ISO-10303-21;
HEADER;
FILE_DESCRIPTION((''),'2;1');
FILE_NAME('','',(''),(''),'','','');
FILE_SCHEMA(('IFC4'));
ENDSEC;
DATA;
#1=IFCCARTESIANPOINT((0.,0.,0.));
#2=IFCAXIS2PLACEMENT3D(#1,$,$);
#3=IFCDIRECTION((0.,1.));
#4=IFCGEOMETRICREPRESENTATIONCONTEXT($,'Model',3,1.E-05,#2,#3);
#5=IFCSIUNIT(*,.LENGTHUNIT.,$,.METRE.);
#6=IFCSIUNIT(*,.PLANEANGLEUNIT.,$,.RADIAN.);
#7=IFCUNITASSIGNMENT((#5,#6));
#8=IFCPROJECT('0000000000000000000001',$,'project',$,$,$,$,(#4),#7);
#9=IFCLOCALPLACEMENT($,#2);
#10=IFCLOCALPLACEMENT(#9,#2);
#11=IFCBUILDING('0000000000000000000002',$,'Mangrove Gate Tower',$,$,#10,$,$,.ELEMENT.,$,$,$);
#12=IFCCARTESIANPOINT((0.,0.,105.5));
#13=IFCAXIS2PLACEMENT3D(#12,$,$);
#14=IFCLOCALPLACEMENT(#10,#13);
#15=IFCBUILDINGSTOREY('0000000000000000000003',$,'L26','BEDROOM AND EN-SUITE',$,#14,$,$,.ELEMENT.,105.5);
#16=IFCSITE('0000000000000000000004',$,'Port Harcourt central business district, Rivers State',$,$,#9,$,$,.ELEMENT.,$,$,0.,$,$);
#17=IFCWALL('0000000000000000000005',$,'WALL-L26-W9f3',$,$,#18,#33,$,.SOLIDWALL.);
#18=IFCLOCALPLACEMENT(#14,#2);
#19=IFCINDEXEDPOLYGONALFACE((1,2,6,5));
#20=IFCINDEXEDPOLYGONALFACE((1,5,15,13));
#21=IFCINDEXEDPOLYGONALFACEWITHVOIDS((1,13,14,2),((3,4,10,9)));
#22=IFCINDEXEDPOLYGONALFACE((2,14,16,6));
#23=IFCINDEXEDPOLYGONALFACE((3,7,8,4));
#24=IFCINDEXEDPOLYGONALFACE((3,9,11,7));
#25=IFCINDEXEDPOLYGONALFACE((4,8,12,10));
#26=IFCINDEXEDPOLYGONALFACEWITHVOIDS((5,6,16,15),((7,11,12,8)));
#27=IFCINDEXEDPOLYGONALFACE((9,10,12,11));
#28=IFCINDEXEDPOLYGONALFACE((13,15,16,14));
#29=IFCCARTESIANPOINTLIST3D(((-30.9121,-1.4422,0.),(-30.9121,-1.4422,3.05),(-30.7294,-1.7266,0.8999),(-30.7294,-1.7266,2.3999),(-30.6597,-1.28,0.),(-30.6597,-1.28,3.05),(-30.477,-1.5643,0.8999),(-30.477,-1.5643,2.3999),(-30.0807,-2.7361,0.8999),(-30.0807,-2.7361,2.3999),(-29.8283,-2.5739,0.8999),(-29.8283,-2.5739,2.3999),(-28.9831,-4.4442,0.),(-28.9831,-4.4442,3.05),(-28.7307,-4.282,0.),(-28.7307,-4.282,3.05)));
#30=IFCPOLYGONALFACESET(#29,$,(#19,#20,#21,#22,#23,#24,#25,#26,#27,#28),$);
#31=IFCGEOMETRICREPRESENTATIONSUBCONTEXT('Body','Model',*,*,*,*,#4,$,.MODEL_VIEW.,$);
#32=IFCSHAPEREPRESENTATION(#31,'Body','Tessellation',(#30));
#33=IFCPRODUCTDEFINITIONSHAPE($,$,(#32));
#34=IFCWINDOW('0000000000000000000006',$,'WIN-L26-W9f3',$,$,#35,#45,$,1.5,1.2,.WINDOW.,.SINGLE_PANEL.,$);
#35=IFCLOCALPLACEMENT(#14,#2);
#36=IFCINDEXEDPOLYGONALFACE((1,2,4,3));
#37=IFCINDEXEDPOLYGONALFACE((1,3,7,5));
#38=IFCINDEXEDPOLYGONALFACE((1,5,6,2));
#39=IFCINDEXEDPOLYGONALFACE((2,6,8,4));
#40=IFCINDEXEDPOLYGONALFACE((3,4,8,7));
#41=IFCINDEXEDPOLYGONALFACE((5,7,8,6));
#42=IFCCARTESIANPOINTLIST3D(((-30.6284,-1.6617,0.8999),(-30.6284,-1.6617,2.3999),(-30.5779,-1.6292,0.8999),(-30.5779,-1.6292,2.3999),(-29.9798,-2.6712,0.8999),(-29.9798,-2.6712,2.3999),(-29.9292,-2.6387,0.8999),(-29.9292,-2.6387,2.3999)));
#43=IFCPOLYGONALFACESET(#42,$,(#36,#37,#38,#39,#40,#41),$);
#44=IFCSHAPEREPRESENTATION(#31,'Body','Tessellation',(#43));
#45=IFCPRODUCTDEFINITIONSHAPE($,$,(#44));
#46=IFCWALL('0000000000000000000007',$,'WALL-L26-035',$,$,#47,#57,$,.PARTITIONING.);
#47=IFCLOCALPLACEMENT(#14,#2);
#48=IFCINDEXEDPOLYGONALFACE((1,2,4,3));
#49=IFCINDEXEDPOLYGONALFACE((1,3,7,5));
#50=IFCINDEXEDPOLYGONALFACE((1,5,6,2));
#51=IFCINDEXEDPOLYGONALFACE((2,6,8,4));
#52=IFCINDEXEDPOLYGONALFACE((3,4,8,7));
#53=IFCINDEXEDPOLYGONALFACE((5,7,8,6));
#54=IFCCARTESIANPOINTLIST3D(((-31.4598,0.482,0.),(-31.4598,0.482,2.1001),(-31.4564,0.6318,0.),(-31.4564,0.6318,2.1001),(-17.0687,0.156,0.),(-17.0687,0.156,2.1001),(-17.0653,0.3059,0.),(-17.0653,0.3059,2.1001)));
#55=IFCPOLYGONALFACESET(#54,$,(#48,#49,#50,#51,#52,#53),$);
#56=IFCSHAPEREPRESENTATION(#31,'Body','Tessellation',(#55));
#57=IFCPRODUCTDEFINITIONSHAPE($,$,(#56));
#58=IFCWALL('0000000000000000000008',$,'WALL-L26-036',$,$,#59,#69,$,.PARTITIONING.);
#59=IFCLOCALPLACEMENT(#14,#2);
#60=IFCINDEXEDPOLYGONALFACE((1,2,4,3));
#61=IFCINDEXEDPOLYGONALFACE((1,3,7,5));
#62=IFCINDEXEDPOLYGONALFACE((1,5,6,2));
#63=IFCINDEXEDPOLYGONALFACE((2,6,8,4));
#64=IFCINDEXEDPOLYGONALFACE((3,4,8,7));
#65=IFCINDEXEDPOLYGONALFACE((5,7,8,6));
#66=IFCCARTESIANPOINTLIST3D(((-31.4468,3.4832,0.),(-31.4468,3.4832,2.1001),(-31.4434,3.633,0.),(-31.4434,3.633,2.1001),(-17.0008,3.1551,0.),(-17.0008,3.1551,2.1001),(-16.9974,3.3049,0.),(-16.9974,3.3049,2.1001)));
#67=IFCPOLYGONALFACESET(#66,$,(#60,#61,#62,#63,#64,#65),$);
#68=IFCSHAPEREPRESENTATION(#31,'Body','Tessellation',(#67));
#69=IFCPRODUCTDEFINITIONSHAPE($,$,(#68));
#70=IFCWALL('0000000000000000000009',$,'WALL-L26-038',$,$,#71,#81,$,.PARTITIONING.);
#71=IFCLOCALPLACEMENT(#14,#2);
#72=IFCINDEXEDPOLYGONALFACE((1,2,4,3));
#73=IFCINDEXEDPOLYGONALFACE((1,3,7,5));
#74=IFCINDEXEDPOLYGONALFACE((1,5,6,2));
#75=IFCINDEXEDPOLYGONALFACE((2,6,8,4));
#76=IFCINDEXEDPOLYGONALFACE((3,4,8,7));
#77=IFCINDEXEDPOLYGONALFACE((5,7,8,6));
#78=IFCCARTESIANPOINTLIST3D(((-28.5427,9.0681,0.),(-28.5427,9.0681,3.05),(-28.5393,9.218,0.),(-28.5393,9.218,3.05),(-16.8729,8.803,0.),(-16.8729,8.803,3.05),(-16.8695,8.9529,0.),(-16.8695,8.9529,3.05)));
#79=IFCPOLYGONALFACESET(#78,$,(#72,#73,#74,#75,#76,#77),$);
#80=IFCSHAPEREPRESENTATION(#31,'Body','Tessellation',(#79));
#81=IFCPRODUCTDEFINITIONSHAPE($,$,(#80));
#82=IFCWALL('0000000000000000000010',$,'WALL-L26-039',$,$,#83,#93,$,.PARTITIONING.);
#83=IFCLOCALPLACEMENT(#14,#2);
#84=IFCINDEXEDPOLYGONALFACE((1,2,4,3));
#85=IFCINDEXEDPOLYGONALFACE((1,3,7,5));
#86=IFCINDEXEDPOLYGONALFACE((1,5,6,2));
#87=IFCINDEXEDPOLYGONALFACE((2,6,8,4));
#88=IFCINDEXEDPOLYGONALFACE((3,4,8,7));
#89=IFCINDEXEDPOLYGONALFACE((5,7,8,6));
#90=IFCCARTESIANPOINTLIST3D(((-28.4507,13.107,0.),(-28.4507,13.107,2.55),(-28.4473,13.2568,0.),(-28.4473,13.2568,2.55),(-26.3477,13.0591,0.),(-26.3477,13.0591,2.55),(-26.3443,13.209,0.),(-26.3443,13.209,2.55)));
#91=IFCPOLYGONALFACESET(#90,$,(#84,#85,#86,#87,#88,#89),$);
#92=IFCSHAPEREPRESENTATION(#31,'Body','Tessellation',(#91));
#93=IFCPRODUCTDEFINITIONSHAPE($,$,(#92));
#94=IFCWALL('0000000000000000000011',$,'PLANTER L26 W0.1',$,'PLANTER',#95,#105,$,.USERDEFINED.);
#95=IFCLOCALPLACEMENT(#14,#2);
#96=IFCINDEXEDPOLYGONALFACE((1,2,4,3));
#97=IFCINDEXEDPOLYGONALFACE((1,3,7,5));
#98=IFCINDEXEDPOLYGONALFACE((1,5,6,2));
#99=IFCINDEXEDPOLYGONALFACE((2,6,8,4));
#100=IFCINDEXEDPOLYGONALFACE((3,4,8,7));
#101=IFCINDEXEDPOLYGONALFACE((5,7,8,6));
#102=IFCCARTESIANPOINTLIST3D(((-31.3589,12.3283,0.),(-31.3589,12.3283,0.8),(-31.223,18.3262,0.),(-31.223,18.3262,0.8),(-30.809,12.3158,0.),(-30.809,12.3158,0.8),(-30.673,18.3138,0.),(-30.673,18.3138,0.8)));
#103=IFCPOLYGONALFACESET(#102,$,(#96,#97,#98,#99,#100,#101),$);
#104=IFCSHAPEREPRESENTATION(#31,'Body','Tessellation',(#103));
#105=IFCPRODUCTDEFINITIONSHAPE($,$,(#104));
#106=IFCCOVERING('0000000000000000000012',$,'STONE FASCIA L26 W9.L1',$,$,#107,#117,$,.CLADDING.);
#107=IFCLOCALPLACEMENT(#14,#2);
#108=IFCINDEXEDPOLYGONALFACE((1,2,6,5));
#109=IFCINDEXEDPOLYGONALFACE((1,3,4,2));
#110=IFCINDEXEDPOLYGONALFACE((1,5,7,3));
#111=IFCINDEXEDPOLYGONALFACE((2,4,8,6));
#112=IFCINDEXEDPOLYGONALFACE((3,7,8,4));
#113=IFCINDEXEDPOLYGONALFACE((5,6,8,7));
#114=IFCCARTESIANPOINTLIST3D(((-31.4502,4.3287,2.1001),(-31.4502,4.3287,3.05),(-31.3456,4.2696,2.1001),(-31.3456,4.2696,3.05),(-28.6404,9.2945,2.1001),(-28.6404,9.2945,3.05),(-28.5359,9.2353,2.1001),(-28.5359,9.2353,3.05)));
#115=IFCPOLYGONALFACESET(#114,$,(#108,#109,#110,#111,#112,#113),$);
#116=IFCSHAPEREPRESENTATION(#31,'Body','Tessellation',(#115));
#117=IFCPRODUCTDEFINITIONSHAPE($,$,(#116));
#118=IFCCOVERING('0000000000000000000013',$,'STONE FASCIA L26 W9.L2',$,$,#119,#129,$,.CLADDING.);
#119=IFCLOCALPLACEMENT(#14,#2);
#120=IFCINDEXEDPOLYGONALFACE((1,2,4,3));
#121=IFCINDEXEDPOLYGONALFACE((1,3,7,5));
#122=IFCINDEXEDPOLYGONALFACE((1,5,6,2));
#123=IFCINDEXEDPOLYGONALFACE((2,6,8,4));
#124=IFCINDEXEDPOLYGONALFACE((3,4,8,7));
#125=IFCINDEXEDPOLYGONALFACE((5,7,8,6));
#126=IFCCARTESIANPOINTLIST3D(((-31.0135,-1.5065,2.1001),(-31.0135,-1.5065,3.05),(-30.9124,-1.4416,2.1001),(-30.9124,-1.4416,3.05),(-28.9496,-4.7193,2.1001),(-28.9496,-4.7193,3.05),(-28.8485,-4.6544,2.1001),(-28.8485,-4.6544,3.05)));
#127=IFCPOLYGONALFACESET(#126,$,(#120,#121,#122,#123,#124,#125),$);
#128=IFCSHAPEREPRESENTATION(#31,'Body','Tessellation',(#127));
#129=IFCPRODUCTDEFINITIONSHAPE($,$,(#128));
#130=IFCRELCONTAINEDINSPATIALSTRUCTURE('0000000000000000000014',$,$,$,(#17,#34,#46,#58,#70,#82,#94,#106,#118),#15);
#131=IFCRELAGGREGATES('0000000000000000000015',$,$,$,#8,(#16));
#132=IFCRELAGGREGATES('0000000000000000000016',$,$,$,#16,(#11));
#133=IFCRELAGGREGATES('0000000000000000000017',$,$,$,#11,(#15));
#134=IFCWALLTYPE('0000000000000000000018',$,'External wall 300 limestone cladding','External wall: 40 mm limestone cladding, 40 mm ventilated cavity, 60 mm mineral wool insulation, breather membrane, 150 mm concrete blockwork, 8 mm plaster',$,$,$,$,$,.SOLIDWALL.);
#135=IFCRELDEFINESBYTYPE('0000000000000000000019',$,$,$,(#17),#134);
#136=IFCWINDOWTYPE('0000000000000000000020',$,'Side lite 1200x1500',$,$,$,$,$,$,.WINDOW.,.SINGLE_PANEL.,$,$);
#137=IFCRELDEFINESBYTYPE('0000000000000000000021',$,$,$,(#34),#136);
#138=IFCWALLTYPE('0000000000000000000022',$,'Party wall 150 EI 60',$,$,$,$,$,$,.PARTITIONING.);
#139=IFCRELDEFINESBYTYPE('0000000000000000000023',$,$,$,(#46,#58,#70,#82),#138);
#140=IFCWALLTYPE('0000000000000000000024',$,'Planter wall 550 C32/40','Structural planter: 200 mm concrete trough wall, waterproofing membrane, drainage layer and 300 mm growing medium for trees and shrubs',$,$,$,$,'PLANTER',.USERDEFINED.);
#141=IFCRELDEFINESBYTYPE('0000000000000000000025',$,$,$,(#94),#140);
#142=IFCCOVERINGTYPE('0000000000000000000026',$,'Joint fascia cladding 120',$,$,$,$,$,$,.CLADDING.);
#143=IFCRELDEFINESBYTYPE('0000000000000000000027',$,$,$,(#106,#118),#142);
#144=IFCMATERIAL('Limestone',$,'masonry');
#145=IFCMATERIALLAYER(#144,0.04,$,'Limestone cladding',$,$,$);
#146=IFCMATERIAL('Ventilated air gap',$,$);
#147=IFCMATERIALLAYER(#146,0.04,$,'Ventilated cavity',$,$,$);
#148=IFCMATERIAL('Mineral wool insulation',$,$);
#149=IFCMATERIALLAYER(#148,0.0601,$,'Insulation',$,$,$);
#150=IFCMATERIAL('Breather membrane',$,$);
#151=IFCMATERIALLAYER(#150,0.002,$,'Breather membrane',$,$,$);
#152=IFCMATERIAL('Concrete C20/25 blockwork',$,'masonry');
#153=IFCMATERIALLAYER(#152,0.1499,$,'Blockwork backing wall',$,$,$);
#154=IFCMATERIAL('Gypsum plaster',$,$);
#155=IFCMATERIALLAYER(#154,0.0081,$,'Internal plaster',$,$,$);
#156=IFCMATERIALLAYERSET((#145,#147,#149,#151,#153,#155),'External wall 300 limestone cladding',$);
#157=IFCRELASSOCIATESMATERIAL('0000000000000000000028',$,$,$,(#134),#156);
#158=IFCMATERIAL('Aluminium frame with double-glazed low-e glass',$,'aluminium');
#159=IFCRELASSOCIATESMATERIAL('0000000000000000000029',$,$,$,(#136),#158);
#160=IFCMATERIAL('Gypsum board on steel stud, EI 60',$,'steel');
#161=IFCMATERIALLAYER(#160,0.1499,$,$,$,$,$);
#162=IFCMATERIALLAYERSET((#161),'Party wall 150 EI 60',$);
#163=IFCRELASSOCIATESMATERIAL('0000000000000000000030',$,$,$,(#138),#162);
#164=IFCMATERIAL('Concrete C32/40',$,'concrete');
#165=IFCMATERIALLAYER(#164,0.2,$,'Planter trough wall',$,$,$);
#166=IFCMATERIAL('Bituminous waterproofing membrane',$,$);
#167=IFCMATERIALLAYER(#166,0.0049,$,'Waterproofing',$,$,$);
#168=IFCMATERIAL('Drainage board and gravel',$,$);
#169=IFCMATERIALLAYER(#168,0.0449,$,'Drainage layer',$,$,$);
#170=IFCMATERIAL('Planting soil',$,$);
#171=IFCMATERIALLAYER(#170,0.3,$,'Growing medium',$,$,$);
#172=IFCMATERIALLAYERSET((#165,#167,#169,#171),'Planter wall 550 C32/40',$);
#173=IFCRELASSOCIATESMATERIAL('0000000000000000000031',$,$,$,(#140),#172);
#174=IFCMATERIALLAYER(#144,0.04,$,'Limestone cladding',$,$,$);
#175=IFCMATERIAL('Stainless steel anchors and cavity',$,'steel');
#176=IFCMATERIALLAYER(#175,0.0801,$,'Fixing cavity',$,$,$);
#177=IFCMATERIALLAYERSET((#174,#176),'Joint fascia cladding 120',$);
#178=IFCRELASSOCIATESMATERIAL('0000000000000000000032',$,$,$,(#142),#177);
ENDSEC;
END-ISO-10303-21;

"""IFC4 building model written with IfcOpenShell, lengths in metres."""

from ifc_helpers import new_model, si_unit, direction, frame, frame_2d, origin, place, context, subcontext, project, spatial, rectangle, extrude, material, layer, layer_set, type_object, element, fill, save


model = new_model("IFC4")

# Units and contexts
model_context = context("Model", 3, precision=1e-05, world=origin(), true_north=direction((0.0, 1.0)))
body_context = subcontext(model_context, "Body", "Model", "MODEL_VIEW")
ifc_project = project(units=[si_unit("LENGTHUNIT", "METRE"), si_unit("PLANEANGLEUNIT", "RADIAN")], contexts=[model_context])

# Site, building, storey
site_placement = place(None, origin())
site = spatial("IfcSite", under=ifc_project, at=site_placement, Name="Port Harcourt central business district, Rivers State", CompositionType="ELEMENT", RefElevation=0.0)
building_placement = place(site_placement, origin())
building = spatial("IfcBuilding", under=site, at=building_placement, Name="Mangrove Gate Tower", CompositionType="ELEMENT")
storey_placement = place(building_placement, frame((0.0, 0.0, 105.5)))
storey = spatial("IfcBuildingStorey", under=building, at=storey_placement, Name="L26", Description="BEDROOM AND EN-SUITE", CompositionType="ELEMENT", Elevation=105.5)

# Wall, opening, window
ifc_material_1 = material(Name="Limestone", Category="masonry")
ifc_layer_1 = layer(ifc_material_1, 0.04, Name="Limestone cladding")
ifc_material_2 = material(Name="Ventilated air gap")
ifc_layer_2 = layer(ifc_material_2, 0.04, Name="Ventilated cavity")
ifc_material_3 = material(Name="Mineral wool insulation")
ifc_layer_3 = layer(ifc_material_3, 0.0601, Name="Insulation")
ifc_material_4 = material(Name="Breather membrane")
ifc_layer_4 = layer(ifc_material_4, 0.002, Name="Breather membrane")
ifc_material_5 = material(Name="Concrete C20/25 blockwork", Category="masonry")
ifc_layer_5 = layer(ifc_material_5, 0.1499, Name="Blockwork backing wall")
ifc_material_6 = material(Name="Gypsum plaster")
ifc_layer_6 = layer(ifc_material_6, 0.0081, Name="Internal plaster")
ifc_layer_set_1 = layer_set([ifc_layer_1, ifc_layer_2, ifc_layer_3, ifc_layer_4, ifc_layer_5, ifc_layer_6], Name="External wall 300 limestone cladding")
wall_type_1 = type_object("IfcWallType", Name="External wall 300 limestone cladding", Description="External wall: 40 mm limestone cladding, 40 mm ventilated cavity, 60 mm mineral wool insulation, breather membrane, 150 mm concrete blockwork, 8 mm plaster", PredefinedType="SOLIDWALL", material=ifc_layer_set_1)
ifc_material_7 = material(Name="Aluminium frame with double-glazed low-e glass", Category="aluminium")
window_type_1 = type_object("IfcWindowType", Name="Side lite 1200x1500", PartitioningType="SINGLE_PANEL", PredefinedType="WINDOW", material=ifc_material_7)
wall_1_placement = place(storey_placement, frame((-30.7859, -1.3611, 0.0), z_axis=(0.0, 0.0, 1.0), x_axis=(0.540585, -0.84129, 0.0)))
wall_1 = element("IfcWall", 1, at=wall_1_placement, inside=storey, type_object=wall_type_1, Name="WALL-L26-W9f3", PredefinedType="SOLIDWALL", context=body_context, shape_type="SweptSolid", body=[
    extrude(rectangle(XDim=3.5684, YDim=0.3, at=frame_2d((1.7842, 0.0))), origin(), (0.0, 0.0, 1.0), 3.05),
])
opening_1_placement = place(wall_1_placement, frame((0.3379, 0.0, 0.8999)))
opening_1 = element("IfcOpeningElement", 2, at=opening_1_placement, cuts=wall_1, PredefinedType="OPENING", context=body_context, shape_type="SweptSolid", body=[
    extrude(rectangle(XDim=1.2, YDim=1.5, at=frame_2d((0.6001, 0.75))), frame((0.0, 0.1599, 0.0), z_axis=(0.0, -1.0, 0.0), x_axis=(1.0, 0.0, 0.0)), (0.0, 0.0, 1.0), 0.3201),
])
window_1_placement = place(opening_1_placement, origin())
window_1 = element("IfcWindow", 3, at=window_1_placement, inside=storey, type_object=window_type_1, Name="WIN-L26-W9f3", OverallHeight=1.5, OverallWidth=1.2, PartitioningType="SINGLE_PANEL", PredefinedType="WINDOW", context=body_context, shape_type="SweptSolid", body=[
    extrude(rectangle(XDim=1.2, YDim=1.5, at=frame_2d((0.6001, 0.75))), frame((0.0, 0.03, 0.0), z_axis=(0.0, -1.0, 0.0), x_axis=(1.0, 0.0, 0.0)), (0.0, 0.0, 1.0), 0.0601),
])
fill(opening_1, window_1)

# Walls
ifc_material_8 = material(Name="Gypsum board on steel stud, EI 60", Category="steel")
ifc_layer_7 = layer(ifc_material_8, 0.1499)
ifc_layer_set_2 = layer_set([ifc_layer_7], Name="Party wall 150 EI 60")
wall_type_2 = type_object("IfcWallType", Name="Party wall 150 EI 60", PredefinedType="PARTITIONING", material=ifc_layer_set_2)
wall_2_placement = place(storey_placement, frame((-31.458, 0.5569, 0.0), z_axis=(0.0, 0.0, 1.0), x_axis=(0.999744, -0.022642, 0.0)))
element("IfcWall", 4, at=wall_2_placement, inside=storey, type_object=wall_type_2, Name="WALL-L26-035", PredefinedType="PARTITIONING", context=body_context, shape_type="SweptSolid", body=[
    extrude(rectangle(XDim=14.3948, YDim=0.1499, at=frame_2d((7.1973, 0.0))), origin(), (0.0, 0.0, 1.0), 2.1001),
])
wall_3_placement = place(storey_placement, frame((-31.4451, 3.5581, 0.0), z_axis=(0.0, 0.0, 1.0), x_axis=(0.999742, -0.022708, 0.0)))
element("IfcWall", 5, at=wall_3_placement, inside=storey, type_object=wall_type_2, Name="WALL-L26-036", PredefinedType="PARTITIONING", context=body_context, shape_type="SweptSolid", body=[
    extrude(rectangle(XDim=14.4497, YDim=0.1499, at=frame_2d((7.2249, 0.0))), origin(), (0.0, 0.0, 1.0), 2.1001),
])
wall_4_placement = place(storey_placement, frame((-28.541, 9.1431, 0.0), z_axis=(0.0, 0.0, 1.0), x_axis=(0.999742, -0.022714, 0.0)))
element("IfcWall", 6, at=wall_4_placement, inside=storey, type_object=wall_type_2, Name="WALL-L26-038", PredefinedType="PARTITIONING", context=body_context, shape_type="SweptSolid", body=[
    extrude(rectangle(XDim=11.6729, YDim=0.1499, at=frame_2d((5.8364, 0.0))), origin(), (0.0, 0.0, 1.0), 3.05),
])
wall_5_placement = place(storey_placement, frame((-28.449, 13.1819, 0.0), z_axis=(0.0, 0.0, 1.0), x_axis=(0.999741, -0.022748, 0.0)))
element("IfcWall", 7, at=wall_5_placement, inside=storey, type_object=wall_type_2, Name="WALL-L26-039", PredefinedType="PARTITIONING", context=body_context, shape_type="SweptSolid", body=[
    extrude(rectangle(XDim=2.1035, YDim=0.1499, at=frame_2d((1.0518, 0.0))), origin(), (0.0, 0.0, 1.0), 2.55),
])
ifc_material_9 = material(Name="Concrete C32/40", Category="concrete")
ifc_layer_8 = layer(ifc_material_9, 0.2, Name="Planter trough wall")
ifc_material_10 = material(Name="Bituminous waterproofing membrane")
ifc_layer_9 = layer(ifc_material_10, 0.0049, Name="Waterproofing")
ifc_material_11 = material(Name="Drainage board and gravel")
ifc_layer_10 = layer(ifc_material_11, 0.0449, Name="Drainage layer")
ifc_material_12 = material(Name="Planting soil")
ifc_layer_11 = layer(ifc_material_12, 0.3, Name="Growing medium")
ifc_layer_set_3 = layer_set([ifc_layer_8, ifc_layer_9, ifc_layer_10, ifc_layer_11], Name="Planter wall 550 C32/40")
wall_type_3 = type_object("IfcWallType", Name="Planter wall 550 C32/40", Description="Structural planter: 200 mm concrete trough wall, waterproofing membrane, drainage layer and 300 mm growing medium for trees and shrubs", ElementType="PLANTER", PredefinedType="USERDEFINED", material=ifc_layer_set_3)
wall_6_placement = place(storey_placement, frame((-31.084, 12.322, 0.0), z_axis=(0.0, 0.0, 1.0), x_axis=(0.022666, 0.999743, 0.0)))
element("IfcWall", 8, at=wall_6_placement, inside=storey, type_object=wall_type_3, Name="PLANTER L26 W0.1", ObjectType="PLANTER", PredefinedType="USERDEFINED", context=body_context, shape_type="SweptSolid", body=[
    extrude(rectangle(XDim=5.9995, YDim=0.55, at=frame_2d((2.9998, 0.0))), origin(), (0.0, 0.0, 1.0), 0.8),
])

# Coverings
ifc_layer_12 = layer(ifc_material_1, 0.04, Name="Limestone cladding")
ifc_material_13 = material(Name="Stainless steel anchors and cavity", Category="steel")
ifc_layer_13 = layer(ifc_material_13, 0.0801, Name="Fixing cavity")
ifc_layer_set_4 = layer_set([ifc_layer_12, ifc_layer_13], Name="Joint fascia cladding 120")
covering_type = type_object("IfcCoveringType", Name="Joint fascia cladding 120", PredefinedType="CLADDING", material=ifc_layer_set_4)
covering_1_placement = place(storey_placement, frame((-28.5881, 9.2649, 2.1001), z_axis=(0.0, 0.0, 1.0), x_axis=(-0.492462, -0.870334, 0.0)))
element("IfcCovering", 9, at=covering_1_placement, inside=storey, type_object=covering_type, Name="STONE FASCIA L26 W9.L1", PredefinedType="CLADDING", context=body_context, shape_type="SweptSolid", body=[
    extrude(rectangle(XDim=5.7056, YDim=0.1201, at=frame_2d((2.8528, 0.0))), origin(), (0.0, 0.0, 1.0), 0.95),
])
covering_2_placement = place(storey_placement, frame((-30.9629, -1.4741, 2.1001), z_axis=(0.0, 0.0, 1.0), x_axis=(0.540486, -0.841353, 0.0)))
element("IfcCovering", 10, at=covering_2_placement, inside=storey, type_object=covering_type, Name="STONE FASCIA L26 W9.L2", PredefinedType="CLADDING", context=body_context, shape_type="SweptSolid", body=[
    extrude(rectangle(XDim=3.8186, YDim=0.1201, at=frame_2d((1.9092, 0.0))), origin(), (0.0, 0.0, 1.0), 0.95),
])

save(model, "model.ifc")
